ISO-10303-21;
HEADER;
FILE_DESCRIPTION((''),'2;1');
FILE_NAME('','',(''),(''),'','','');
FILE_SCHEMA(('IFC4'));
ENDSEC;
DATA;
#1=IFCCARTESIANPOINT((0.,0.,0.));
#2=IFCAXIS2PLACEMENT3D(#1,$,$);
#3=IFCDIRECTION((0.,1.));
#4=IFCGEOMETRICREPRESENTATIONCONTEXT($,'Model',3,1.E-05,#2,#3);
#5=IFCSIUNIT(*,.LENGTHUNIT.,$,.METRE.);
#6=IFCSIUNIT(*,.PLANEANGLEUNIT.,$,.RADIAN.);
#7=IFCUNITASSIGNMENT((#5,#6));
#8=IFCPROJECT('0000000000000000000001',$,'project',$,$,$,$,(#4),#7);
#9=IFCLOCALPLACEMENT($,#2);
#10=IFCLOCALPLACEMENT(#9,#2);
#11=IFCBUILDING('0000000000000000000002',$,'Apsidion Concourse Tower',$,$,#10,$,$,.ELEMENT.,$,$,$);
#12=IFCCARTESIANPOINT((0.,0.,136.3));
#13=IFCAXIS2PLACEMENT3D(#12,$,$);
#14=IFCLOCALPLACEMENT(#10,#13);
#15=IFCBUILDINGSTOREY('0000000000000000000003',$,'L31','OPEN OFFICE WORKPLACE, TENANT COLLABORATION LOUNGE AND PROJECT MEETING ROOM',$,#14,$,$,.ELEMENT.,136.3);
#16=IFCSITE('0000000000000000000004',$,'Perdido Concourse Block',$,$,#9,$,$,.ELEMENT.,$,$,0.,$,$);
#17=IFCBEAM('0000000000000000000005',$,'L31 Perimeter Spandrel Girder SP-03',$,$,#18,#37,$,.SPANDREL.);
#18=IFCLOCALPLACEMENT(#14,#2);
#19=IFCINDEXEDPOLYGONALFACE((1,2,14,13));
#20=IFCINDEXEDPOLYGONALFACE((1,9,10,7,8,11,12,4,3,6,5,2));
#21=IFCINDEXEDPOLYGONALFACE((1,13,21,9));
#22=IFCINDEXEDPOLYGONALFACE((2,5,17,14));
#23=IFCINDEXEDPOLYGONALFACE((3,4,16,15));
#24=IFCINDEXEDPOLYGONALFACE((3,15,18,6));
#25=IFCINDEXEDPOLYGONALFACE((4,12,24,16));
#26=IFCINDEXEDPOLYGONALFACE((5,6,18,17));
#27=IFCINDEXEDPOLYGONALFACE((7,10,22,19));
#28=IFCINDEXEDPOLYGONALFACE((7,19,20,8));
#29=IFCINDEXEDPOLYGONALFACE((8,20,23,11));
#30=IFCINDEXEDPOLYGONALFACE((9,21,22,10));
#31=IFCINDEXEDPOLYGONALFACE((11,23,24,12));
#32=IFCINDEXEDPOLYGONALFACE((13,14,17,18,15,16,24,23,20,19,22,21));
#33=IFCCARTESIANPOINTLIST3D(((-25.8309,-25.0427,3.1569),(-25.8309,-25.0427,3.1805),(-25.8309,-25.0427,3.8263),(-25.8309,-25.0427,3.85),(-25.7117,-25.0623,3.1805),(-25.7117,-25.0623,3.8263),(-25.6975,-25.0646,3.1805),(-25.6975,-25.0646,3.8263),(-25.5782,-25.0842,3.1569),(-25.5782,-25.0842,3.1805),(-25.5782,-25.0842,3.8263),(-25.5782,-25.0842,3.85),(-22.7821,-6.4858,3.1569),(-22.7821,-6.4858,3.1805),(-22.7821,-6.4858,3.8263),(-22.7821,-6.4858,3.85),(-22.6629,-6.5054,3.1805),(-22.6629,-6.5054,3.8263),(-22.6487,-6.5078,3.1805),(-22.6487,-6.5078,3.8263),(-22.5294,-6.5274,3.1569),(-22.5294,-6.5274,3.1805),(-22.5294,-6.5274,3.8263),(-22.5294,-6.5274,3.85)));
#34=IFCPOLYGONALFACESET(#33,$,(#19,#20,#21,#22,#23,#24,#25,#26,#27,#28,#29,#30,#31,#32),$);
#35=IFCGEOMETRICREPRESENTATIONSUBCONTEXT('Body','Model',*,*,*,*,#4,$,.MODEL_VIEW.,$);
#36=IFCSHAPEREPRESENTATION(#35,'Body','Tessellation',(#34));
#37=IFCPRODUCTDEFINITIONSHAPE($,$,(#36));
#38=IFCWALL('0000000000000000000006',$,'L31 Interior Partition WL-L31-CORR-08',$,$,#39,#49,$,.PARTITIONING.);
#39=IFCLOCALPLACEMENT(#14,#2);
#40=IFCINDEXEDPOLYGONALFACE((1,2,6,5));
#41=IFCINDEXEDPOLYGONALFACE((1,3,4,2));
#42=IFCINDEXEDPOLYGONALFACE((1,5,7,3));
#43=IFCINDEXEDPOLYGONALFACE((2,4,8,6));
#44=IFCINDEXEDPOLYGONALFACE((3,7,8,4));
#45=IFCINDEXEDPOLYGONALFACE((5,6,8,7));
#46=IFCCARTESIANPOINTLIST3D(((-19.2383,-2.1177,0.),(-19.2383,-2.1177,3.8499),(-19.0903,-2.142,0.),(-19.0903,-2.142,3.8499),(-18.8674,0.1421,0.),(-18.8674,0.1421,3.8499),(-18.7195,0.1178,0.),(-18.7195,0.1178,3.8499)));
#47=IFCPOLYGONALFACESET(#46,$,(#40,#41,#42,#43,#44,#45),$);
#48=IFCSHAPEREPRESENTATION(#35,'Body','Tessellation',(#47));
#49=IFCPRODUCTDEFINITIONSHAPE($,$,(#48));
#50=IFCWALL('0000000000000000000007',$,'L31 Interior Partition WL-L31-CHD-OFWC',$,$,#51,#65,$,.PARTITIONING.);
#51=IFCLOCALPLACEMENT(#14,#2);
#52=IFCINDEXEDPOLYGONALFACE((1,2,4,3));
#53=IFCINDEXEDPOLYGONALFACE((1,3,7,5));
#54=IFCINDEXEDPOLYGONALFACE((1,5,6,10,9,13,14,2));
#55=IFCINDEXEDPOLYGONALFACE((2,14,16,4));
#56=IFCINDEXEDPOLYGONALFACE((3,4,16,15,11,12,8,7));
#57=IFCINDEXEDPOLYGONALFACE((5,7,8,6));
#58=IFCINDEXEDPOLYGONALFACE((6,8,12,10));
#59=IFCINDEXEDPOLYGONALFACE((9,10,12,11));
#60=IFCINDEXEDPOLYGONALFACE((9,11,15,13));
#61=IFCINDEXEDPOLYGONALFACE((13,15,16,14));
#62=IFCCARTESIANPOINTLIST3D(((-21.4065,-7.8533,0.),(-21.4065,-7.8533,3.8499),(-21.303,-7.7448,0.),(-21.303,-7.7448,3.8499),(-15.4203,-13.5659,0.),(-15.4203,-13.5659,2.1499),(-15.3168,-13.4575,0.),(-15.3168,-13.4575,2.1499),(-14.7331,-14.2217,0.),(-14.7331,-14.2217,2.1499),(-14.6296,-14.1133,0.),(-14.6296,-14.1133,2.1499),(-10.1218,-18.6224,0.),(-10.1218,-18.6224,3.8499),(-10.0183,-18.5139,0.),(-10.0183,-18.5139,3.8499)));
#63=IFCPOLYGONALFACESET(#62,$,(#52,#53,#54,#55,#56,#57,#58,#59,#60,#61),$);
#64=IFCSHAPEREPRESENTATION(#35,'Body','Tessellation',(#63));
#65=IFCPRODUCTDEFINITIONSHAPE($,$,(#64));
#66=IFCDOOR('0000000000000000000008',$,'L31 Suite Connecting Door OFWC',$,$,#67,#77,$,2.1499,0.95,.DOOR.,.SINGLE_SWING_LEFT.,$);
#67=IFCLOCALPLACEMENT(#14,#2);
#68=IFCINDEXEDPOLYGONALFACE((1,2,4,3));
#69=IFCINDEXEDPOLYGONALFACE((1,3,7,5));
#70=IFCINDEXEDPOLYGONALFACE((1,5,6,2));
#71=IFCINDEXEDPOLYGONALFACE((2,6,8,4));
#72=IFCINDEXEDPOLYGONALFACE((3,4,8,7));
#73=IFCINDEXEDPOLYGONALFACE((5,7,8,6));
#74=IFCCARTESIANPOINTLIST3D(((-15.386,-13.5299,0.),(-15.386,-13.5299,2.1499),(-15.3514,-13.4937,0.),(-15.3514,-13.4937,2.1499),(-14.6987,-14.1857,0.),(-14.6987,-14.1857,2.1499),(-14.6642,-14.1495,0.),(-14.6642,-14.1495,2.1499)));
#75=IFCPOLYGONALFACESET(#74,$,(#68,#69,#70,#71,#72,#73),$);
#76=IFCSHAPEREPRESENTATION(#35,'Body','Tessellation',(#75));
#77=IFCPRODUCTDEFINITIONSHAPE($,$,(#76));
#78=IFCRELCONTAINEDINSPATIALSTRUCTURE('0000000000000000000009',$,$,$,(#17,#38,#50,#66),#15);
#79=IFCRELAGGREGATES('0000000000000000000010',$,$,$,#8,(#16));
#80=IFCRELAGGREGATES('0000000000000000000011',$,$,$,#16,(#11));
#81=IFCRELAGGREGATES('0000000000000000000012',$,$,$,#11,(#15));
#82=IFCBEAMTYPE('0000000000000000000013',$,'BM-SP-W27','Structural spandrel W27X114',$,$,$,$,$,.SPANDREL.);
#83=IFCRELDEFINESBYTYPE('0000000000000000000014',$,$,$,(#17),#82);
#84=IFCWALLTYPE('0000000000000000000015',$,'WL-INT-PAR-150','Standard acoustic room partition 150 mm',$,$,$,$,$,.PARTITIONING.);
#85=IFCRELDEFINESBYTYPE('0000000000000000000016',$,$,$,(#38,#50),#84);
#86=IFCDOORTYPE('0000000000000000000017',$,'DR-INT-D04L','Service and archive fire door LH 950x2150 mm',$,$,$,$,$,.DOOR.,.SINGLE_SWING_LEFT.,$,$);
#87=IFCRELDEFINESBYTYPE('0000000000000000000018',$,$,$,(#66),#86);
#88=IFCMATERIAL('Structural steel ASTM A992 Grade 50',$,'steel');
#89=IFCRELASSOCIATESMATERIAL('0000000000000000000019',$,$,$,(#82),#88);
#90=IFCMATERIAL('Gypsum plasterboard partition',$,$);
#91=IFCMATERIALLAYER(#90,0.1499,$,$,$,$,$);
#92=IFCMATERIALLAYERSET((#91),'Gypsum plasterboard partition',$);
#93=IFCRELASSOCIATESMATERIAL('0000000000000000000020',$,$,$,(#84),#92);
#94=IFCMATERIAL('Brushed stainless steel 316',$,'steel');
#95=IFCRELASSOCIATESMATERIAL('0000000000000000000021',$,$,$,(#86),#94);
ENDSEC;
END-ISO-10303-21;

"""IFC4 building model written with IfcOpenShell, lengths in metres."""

from ifc_helpers import new_model, si_unit, direction, frame, frame_2d, origin, origin_2d, place, context, subcontext, project, spatial, rectangle, i_section, extrude, material, layer, layer_set, material_profile, profile_set, type_object, element, fill, save


model = new_model("IFC4")

# Units and contexts
model_context = context("Model", 3, precision=1e-05, world=origin(), true_north=direction((0.0, 1.0)))
body_context = subcontext(model_context, "Body", "Model", "MODEL_VIEW")
ifc_project = project(units=[si_unit("LENGTHUNIT", "METRE"), si_unit("PLANEANGLEUNIT", "RADIAN")], contexts=[model_context])

# Site, building, storey
site_placement = place(None, origin())
site = spatial("IfcSite", under=ifc_project, at=site_placement, Name="Perdido Concourse Block", CompositionType="ELEMENT", RefElevation=0.0)
building_placement = place(site_placement, origin())
building = spatial("IfcBuilding", under=site, at=building_placement, Name="Apsidion Concourse Tower", CompositionType="ELEMENT")
storey_placement = place(building_placement, frame((0.0, 0.0, 136.3)))
storey = spatial("IfcBuildingStorey", under=building, at=storey_placement, Name="L31", Description="OPEN OFFICE WORKPLACE, TENANT COLLABORATION LOUNGE AND PROJECT MEETING ROOM", CompositionType="ELEMENT", Elevation=136.3)

# Shared definitions
ifc_material_1 = material(Name="Structural steel ASTM A992 Grade 50", Category="steel")

# Beam
ifc_material_profile_1 = material_profile(ifc_material_1, i_section(OverallWidth=0.2561, OverallDepth=0.6931, WebThickness=0.0144, FlangeThickness=0.0237, at=origin_2d()), Name="W27X114")
ifc_profile_set_1 = profile_set([ifc_material_profile_1], Name="Structural steel ASTM A992 Grade 50")
beam_type_1 = type_object("IfcBeamType", Name="BM-SP-W27", Description="Structural spandrel W27X114", PredefinedType="SPANDREL", material=ifc_profile_set_1)
beam_1_placement = place(storey_placement, frame((-22.6558, -6.5066, 3.5034), z_axis=(-0.162123, -0.986771, 0.0), x_axis=(0.986771, -0.162123, 0.0)))
element("IfcBeam", 1, at=beam_1_placement, inside=storey, type_object=beam_type_1, Name="L31 Perimeter Spandrel Girder SP-03", PredefinedType="SPANDREL", context=body_context, shape_type="SweptSolid", body=[
    extrude(i_section(OverallWidth=0.2561, OverallDepth=0.6931, WebThickness=0.0144, FlangeThickness=0.0237, at=origin_2d()), origin(), (0.0, 0.0, 1.0), 18.8057),
])

# Wall
ifc_material_2 = material(Name="Gypsum plasterboard partition")
ifc_layer = layer(ifc_material_2, 0.1499)
ifc_layer_set = layer_set([ifc_layer], Name="Gypsum plasterboard partition")
wall_type = type_object("IfcWallType", Name="WL-INT-PAR-150", Description="Standard acoustic room partition 150 mm", PredefinedType="PARTITIONING", material=ifc_layer_set)
wall_1_placement = place(storey_placement, frame((-19.1643, -2.1299, 0.0), z_axis=(0.0, 0.0, 1.0), x_axis=(0.161944, 0.9868, 0.0)))
element("IfcWall", 2, at=wall_1_placement, inside=storey, type_object=wall_type, Name="L31 Interior Partition WL-L31-CORR-08", PredefinedType="PARTITIONING", context=body_context, shape_type="SweptSolid", body=[
    extrude(rectangle(XDim=2.29, YDim=0.1499, at=frame_2d((1.145, 0.0))), origin(), (0.0, 0.0, 1.0), 3.8499),
])

# Wall, opening, door
wall_2_placement = place(storey_placement, frame((-21.3547, -7.7991, 0.0), z_axis=(0.0, 0.0, 1.0), x_axis=(0.723442, -0.690386, 0.0)))
wall_2 = element("IfcWall", 3, at=wall_2_placement, inside=storey, type_object=wall_type, Name="L31 Interior Partition WL-L31-CHD-OFWC", PredefinedType="PARTITIONING", context=body_context, shape_type="SweptSolid", body=[
    extrude(rectangle(XDim=15.5986, YDim=0.1499, at=frame_2d((7.7993, 0.0))), origin(), (0.0, 0.0, 1.0), 3.8499),
])
opening_placement = place(wall_2_placement, frame((8.2744, 0.0, 0.0)))
opening = element("IfcOpeningElement", 4, at=opening_placement, cuts=wall_2, PredefinedType="OPENING", context=body_context, shape_type="SweptSolid", body=[
    extrude(rectangle(XDim=0.95, YDim=2.1499, at=frame_2d((0.4751, 1.075))), frame((0.0, 0.085, 0.0), z_axis=(0.0, -1.0, 0.0), x_axis=(1.0, 0.0, 0.0)), (0.0, 0.0, 1.0), 0.1699),
])
ifc_material_3 = material(Name="Brushed stainless steel 316", Category="steel")
door_type = type_object("IfcDoorType", Name="DR-INT-D04L", Description="Service and archive fire door LH 950x2150 mm", OperationType="SINGLE_SWING_LEFT", PredefinedType="DOOR", material=ifc_material_3)
door_placement = place(opening_placement, origin())
door = element("IfcDoor", 5, at=door_placement, inside=storey, type_object=door_type, Name="L31 Suite Connecting Door OFWC", OperationType="SINGLE_SWING_LEFT", OverallHeight=2.1499, OverallWidth=0.95, PredefinedType="DOOR", context=body_context, shape_type="SweptSolid", body=[
    extrude(rectangle(XDim=0.95, YDim=2.1499, at=frame_2d((0.4751, 1.075))), frame((0.0, 0.0249, 0.0), z_axis=(0.0, -1.0, 0.0), x_axis=(1.0, 0.0, 0.0)), (0.0, 0.0, 1.0), 0.05),
])
fill(opening, door)

save(model, "model.ifc")
